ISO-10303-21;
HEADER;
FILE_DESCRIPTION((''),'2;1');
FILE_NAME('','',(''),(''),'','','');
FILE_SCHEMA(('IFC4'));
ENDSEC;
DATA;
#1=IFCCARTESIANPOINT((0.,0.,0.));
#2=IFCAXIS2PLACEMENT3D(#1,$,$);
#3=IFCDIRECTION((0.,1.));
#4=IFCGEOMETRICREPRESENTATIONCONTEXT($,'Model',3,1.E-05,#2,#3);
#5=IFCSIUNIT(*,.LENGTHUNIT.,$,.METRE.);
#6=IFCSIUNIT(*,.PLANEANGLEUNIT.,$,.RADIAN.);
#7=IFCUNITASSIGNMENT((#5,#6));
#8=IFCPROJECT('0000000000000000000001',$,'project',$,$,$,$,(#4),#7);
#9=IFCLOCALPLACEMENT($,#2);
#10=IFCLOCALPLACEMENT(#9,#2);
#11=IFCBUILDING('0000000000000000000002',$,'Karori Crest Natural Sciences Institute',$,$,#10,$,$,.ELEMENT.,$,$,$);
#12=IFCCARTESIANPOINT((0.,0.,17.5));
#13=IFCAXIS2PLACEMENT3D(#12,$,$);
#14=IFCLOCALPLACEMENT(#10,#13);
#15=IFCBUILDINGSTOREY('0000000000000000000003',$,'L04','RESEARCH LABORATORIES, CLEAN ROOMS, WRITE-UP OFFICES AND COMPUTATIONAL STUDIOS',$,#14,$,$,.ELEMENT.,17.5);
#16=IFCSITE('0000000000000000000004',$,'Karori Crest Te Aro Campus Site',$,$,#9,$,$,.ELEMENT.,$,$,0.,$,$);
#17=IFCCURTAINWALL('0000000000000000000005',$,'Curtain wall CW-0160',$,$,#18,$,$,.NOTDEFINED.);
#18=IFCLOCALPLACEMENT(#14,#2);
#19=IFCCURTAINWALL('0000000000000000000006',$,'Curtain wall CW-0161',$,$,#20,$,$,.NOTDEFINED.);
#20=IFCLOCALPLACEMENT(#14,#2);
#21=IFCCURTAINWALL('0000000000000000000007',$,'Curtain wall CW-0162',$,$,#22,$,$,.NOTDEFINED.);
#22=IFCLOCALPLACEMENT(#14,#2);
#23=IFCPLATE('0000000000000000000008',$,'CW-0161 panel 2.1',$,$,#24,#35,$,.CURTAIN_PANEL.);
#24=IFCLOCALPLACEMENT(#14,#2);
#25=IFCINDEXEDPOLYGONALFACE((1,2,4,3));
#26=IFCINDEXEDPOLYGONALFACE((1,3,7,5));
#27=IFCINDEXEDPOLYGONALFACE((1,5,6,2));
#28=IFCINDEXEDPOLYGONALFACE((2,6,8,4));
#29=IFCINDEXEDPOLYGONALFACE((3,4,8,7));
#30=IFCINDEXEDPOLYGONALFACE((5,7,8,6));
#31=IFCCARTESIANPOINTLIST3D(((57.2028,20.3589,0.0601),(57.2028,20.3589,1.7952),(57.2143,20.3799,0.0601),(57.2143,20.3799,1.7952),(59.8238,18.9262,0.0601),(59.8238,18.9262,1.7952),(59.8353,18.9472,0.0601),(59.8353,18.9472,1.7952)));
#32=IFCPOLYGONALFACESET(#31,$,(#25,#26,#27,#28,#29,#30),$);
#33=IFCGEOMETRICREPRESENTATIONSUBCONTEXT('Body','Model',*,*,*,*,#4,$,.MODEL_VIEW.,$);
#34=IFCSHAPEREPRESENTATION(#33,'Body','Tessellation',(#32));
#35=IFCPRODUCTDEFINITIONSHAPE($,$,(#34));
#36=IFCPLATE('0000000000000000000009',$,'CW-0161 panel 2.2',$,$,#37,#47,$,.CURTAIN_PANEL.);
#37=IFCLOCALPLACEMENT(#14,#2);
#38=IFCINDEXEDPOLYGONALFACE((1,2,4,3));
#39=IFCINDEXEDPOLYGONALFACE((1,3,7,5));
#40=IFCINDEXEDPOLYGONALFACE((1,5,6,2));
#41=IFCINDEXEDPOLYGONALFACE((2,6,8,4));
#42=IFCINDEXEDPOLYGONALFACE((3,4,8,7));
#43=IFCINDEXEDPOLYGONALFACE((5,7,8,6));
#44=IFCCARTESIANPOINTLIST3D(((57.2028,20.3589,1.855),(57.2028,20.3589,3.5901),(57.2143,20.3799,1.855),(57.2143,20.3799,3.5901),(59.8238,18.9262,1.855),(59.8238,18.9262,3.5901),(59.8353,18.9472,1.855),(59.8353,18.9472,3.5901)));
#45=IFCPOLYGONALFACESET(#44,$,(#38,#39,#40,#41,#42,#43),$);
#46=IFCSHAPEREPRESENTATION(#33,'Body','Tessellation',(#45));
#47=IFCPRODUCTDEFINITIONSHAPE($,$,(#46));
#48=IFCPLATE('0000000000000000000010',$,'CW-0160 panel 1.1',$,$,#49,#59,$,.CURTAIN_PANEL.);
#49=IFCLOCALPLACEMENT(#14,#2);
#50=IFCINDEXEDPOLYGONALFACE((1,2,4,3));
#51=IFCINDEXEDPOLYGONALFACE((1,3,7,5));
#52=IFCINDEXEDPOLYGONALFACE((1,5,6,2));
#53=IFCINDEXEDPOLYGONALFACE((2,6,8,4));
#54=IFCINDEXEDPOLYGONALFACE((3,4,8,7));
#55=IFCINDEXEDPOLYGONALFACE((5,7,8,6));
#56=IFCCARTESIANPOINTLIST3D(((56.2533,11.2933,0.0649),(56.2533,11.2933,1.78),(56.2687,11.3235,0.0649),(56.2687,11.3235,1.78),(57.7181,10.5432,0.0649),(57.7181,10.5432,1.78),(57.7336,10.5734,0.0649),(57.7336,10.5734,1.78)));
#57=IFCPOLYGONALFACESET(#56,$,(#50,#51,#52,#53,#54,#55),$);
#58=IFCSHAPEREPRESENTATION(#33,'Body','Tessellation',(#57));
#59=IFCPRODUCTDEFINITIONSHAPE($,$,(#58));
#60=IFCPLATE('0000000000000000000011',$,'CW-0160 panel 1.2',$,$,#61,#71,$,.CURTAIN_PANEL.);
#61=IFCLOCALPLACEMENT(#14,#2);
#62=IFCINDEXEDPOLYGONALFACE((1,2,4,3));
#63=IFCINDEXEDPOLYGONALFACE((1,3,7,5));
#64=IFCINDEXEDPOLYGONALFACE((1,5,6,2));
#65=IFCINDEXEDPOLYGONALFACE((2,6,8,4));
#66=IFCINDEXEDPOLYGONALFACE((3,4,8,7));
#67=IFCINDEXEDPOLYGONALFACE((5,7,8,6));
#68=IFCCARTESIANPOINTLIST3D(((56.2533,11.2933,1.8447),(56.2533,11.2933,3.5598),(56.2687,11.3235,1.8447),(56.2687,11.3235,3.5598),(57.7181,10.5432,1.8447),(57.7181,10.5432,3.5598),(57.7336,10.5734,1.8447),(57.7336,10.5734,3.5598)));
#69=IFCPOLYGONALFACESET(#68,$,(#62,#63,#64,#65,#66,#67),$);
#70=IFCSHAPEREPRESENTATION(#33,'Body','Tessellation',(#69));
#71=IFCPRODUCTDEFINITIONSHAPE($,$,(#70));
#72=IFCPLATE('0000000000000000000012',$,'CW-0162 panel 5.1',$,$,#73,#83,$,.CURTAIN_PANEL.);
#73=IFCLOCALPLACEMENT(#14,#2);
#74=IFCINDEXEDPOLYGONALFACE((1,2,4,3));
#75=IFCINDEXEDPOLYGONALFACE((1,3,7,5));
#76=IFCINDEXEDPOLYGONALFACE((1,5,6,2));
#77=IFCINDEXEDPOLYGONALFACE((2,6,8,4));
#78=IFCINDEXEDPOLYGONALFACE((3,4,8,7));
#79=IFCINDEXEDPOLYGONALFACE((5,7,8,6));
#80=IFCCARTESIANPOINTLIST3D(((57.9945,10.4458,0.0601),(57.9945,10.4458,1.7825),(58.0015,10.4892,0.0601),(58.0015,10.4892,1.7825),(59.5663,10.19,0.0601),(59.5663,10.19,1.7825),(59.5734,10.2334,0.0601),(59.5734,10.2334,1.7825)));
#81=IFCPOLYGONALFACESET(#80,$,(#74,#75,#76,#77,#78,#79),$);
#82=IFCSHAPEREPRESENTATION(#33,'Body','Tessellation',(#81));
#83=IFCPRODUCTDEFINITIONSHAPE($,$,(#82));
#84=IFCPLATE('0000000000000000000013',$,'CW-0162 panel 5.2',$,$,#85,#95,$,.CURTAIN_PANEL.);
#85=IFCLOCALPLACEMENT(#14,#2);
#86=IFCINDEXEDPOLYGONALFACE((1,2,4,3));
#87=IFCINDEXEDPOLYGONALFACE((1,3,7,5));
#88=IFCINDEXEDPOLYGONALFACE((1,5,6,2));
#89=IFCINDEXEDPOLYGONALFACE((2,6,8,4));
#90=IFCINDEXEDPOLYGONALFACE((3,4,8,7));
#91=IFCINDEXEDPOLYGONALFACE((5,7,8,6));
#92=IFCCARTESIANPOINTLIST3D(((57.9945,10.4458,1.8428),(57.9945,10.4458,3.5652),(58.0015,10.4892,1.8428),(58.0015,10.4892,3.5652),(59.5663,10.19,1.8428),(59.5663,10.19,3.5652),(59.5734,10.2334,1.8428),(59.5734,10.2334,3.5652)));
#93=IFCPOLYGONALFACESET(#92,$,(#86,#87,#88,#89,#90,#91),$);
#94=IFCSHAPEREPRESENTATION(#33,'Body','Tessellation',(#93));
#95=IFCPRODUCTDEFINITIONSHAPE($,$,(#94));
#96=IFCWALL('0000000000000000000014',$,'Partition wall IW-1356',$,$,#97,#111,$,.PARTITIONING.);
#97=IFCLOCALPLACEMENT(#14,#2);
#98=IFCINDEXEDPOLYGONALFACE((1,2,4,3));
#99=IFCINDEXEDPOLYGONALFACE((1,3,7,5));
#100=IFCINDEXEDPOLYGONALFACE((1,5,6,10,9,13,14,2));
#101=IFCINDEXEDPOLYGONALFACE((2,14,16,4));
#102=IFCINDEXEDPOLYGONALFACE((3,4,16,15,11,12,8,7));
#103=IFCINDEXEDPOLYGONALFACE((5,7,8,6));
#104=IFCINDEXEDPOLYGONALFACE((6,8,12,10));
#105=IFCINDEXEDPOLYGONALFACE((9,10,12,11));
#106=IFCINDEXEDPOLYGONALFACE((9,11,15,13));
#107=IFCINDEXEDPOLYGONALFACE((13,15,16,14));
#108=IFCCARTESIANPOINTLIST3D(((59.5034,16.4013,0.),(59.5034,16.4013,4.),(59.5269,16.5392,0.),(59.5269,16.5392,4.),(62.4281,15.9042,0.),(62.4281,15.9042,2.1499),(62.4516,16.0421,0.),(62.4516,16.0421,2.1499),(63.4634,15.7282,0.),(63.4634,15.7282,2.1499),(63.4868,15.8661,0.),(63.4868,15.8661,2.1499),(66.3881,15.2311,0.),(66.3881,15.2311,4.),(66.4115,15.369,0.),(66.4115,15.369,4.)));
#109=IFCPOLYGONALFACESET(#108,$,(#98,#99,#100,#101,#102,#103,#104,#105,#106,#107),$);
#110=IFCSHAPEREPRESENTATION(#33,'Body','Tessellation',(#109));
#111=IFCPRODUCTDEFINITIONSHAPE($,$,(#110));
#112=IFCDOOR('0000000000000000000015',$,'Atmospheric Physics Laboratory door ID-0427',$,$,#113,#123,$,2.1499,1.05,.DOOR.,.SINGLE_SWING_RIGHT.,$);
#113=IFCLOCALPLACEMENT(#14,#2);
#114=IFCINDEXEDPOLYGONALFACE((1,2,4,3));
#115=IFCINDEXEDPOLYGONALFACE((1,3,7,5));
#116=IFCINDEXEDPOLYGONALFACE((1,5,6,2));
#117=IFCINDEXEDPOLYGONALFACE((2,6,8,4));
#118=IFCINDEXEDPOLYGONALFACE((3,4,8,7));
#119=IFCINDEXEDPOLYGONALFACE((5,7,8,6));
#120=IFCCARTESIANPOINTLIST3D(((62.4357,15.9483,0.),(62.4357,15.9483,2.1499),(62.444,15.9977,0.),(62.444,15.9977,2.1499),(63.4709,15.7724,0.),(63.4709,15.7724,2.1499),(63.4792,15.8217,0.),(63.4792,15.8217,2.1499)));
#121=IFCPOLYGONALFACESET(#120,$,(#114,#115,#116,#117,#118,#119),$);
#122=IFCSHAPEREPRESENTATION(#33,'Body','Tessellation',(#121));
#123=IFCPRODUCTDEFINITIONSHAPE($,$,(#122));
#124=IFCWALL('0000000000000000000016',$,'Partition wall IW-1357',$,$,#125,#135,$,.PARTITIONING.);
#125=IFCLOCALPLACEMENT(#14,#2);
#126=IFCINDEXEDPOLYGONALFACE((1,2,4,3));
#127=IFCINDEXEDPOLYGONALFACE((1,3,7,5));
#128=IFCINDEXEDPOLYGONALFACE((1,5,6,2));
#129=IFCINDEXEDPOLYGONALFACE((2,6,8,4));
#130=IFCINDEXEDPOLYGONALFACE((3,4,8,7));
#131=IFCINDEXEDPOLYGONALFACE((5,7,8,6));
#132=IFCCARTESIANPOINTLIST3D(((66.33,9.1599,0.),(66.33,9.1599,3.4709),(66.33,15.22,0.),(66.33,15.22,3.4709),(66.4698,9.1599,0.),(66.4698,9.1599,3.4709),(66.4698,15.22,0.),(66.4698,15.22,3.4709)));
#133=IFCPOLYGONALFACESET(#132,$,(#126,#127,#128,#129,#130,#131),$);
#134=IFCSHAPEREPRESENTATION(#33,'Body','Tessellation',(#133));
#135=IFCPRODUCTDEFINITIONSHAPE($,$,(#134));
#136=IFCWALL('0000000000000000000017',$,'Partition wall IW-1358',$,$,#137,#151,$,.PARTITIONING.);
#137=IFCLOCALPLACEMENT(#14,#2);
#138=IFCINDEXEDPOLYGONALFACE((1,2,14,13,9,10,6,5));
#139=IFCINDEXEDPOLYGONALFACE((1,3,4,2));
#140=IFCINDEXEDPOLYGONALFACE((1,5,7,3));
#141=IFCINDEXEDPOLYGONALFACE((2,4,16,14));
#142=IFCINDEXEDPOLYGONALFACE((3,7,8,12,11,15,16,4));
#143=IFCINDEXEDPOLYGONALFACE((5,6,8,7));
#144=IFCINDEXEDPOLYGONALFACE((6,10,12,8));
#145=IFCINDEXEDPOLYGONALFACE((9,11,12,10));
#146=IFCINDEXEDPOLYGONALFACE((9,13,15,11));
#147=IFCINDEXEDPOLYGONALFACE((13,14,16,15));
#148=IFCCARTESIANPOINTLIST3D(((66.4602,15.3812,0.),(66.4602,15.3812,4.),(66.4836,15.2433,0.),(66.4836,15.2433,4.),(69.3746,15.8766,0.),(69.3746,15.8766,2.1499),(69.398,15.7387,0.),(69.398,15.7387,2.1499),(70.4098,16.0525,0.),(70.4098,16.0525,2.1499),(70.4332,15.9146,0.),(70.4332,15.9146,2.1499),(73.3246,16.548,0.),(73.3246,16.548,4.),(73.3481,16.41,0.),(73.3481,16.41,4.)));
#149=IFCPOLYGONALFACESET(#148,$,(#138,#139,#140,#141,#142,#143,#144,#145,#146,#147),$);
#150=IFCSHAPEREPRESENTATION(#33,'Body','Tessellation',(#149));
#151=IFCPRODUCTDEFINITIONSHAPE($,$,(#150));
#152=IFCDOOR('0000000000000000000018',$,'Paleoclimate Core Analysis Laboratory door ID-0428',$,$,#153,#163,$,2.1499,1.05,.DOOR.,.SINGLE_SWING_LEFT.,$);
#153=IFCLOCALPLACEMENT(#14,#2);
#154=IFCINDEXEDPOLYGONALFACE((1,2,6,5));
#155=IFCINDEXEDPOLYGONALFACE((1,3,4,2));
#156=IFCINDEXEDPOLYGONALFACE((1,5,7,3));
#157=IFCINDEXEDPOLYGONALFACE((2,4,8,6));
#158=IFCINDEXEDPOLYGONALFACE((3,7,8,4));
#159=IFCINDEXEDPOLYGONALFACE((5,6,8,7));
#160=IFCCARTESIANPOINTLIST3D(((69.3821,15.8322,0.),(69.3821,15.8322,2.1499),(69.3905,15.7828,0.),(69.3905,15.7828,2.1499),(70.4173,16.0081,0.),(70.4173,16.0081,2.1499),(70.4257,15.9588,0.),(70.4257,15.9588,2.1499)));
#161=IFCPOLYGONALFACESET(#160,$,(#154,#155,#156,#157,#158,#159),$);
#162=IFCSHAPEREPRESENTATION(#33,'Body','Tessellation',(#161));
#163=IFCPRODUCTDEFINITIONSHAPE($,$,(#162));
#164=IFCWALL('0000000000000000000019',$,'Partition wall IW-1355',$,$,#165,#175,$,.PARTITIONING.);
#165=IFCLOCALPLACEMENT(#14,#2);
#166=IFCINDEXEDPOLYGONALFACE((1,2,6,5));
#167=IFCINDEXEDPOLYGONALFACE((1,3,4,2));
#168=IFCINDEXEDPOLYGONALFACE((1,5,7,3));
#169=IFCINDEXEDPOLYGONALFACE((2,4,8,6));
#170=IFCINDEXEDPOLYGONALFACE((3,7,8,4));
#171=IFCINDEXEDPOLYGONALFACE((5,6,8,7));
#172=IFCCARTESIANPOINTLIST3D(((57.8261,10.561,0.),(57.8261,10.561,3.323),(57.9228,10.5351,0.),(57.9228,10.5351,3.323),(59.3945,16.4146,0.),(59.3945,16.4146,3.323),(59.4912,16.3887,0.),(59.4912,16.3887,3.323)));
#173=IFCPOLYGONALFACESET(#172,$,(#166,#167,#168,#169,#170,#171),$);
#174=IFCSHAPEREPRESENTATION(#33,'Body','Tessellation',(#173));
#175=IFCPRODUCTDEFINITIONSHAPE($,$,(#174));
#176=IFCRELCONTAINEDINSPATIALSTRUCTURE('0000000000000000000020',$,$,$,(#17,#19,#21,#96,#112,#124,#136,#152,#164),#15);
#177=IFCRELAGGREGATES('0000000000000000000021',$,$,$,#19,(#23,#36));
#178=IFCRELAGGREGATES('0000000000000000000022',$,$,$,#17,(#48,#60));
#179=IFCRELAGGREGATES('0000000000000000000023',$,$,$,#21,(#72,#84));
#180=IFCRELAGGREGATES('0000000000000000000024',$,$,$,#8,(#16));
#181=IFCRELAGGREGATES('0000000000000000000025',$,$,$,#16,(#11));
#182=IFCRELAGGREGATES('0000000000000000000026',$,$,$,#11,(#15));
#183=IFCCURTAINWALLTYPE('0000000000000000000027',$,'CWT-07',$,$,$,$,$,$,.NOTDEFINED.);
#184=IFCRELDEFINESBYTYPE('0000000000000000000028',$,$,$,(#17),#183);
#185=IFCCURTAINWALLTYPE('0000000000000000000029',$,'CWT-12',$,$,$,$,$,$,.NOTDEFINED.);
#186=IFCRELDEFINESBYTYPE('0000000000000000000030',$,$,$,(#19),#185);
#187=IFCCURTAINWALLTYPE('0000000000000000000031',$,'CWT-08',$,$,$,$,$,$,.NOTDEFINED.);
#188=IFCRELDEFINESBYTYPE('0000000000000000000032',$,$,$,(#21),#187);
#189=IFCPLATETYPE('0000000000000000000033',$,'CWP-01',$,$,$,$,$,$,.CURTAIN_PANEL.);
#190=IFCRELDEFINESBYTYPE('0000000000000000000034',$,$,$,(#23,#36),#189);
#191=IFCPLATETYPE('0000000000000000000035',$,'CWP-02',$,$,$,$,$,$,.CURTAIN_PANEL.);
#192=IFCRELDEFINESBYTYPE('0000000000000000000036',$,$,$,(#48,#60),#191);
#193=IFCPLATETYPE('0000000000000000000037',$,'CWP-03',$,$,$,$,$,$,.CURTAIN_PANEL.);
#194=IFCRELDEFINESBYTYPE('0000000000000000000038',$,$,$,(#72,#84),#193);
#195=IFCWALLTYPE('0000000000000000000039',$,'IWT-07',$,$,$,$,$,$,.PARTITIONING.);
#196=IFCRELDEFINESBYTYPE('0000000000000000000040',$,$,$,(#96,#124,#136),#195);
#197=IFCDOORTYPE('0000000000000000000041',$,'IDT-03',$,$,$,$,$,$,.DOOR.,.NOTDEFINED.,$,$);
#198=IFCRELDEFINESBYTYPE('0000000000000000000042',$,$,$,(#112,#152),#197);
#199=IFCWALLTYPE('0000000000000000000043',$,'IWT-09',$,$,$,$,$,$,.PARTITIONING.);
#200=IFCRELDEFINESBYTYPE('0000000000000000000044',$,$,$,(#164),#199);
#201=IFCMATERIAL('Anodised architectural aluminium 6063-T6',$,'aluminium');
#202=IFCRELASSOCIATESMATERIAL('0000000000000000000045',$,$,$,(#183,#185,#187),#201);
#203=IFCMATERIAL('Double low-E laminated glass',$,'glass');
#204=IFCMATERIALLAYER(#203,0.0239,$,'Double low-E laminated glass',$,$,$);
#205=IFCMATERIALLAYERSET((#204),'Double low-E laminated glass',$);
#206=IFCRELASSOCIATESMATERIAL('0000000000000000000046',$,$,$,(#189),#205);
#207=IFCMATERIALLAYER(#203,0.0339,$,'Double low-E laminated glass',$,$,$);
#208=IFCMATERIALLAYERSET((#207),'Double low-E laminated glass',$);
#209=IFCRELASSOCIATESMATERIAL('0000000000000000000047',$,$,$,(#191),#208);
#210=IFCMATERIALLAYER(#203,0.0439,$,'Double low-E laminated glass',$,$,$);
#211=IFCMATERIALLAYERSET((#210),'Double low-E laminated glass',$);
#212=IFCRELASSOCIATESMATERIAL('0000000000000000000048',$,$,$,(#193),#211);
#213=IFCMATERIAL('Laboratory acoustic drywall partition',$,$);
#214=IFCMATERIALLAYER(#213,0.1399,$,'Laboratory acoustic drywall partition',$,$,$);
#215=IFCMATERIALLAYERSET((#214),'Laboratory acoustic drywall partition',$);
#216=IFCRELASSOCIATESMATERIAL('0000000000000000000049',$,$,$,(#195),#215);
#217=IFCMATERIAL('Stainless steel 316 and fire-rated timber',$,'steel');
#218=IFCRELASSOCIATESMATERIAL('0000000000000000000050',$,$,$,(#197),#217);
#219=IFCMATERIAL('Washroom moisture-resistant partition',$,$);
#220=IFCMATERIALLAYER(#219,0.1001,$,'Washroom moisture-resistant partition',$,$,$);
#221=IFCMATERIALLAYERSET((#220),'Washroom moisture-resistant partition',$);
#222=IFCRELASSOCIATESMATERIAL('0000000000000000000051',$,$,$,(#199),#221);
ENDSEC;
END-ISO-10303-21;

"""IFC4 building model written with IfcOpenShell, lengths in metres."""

from ifc_helpers import new_model, si_unit, direction, frame, frame_2d, origin, origin_2d, place, context, subcontext, project, spatial, rectangle, extrude, material, layer, layer_set, type_object, element, fill, aggregate, save


model = new_model("IFC4")

# Units and contexts
model_context = context("Model", 3, precision=1e-05, world=origin(), true_north=direction((0.0, 1.0)))
body_context = subcontext(model_context, "Body", "Model", "MODEL_VIEW")
ifc_project = project(units=[si_unit("LENGTHUNIT", "METRE"), si_unit("PLANEANGLEUNIT", "RADIAN")], contexts=[model_context])

# Site, building, storey
site_placement = place(None, origin())
site = spatial("IfcSite", under=ifc_project, at=site_placement, Name="Karori Crest Te Aro Campus Site", CompositionType="ELEMENT", RefElevation=0.0)
building_placement = place(site_placement, origin())
building = spatial("IfcBuilding", under=site, at=building_placement, Name="Karori Crest Natural Sciences Institute", CompositionType="ELEMENT")
storey_placement = place(building_placement, frame((0.0, 0.0, 17.5)))
storey = spatial("IfcBuildingStorey", under=building, at=storey_placement, Name="L04", Description="RESEARCH LABORATORIES, CLEAN ROOMS, WRITE-UP OFFICES AND COMPUTATIONAL STUDIOS", CompositionType="ELEMENT", Elevation=17.5)

# Curtain wall
ifc_material_1 = material(Name="Anodised architectural aluminium 6063-T6", Category="aluminium")
curtain_wall_type_1 = type_object("IfcCurtainWallType", Name="CWT-07", PredefinedType="NOTDEFINED", material=ifc_material_1)
curtain_wall_1_placement = place(storey_placement, origin())
curtain_wall_1 = element("IfcCurtainWall", 1, at=curtain_wall_1_placement, inside=storey, type_object=curtain_wall_type_1, Name="Curtain wall CW-0160", PredefinedType="NOTDEFINED")

# Curtain wall
curtain_wall_type_2 = type_object("IfcCurtainWallType", Name="CWT-12", PredefinedType="NOTDEFINED", material=ifc_material_1)
curtain_wall_2_placement = place(storey_placement, origin())
curtain_wall_2 = element("IfcCurtainWall", 2, at=curtain_wall_2_placement, inside=storey, type_object=curtain_wall_type_2, Name="Curtain wall CW-0161", PredefinedType="NOTDEFINED")

# Curtain wall
curtain_wall_type_3 = type_object("IfcCurtainWallType", Name="CWT-08", PredefinedType="NOTDEFINED", material=ifc_material_1)
curtain_wall_3_placement = place(storey_placement, origin())
curtain_wall_3 = element("IfcCurtainWall", 3, at=curtain_wall_3_placement, inside=storey, type_object=curtain_wall_type_3, Name="Curtain wall CW-0162", PredefinedType="NOTDEFINED")

# Plates
ifc_material_2 = material(Name="Double low-E laminated glass", Category="glass")
ifc_layer_1 = layer(ifc_material_2, 0.0239, Name="Double low-E laminated glass")
ifc_layer_set_1 = layer_set([ifc_layer_1], Name="Double low-E laminated glass")
plate_type_1 = type_object("IfcPlateType", Name="CWP-01", PredefinedType="CURTAIN_PANEL", material=ifc_layer_set_1)
plate_1_placement = place(storey_placement, frame((58.519, 19.6531, 0.0601), z_axis=(0.0, 0.0, 1.0), x_axis=(0.87747, -0.479631, 0.0)))
plate_1 = element("IfcPlate", 4, at=plate_1_placement, type_object=plate_type_1, Name="CW-0161 panel 2.1", PredefinedType="CURTAIN_PANEL", context=body_context, shape_type="SweptSolid", body=[
    extrude(rectangle(XDim=2.9871, YDim=0.0239, at=origin_2d()), origin(), (0.0, 0.0, 1.0), 1.7351),
])
plate_2_placement = place(storey_placement, frame((58.519, 19.6531, 1.855), z_axis=(0.0, 0.0, 1.0), x_axis=(0.87747, -0.479631, 0.0)))
plate_2 = element("IfcPlate", 5, at=plate_2_placement, type_object=plate_type_1, Name="CW-0161 panel 2.2", PredefinedType="CURTAIN_PANEL", context=body_context, shape_type="SweptSolid", body=[
    extrude(rectangle(XDim=2.9871, YDim=0.0239, at=origin_2d()), origin(), (0.0, 0.0, 1.0), 1.7351),
])
aggregate(curtain_wall_2, [plate_1, plate_2])
ifc_layer_2 = layer(ifc_material_2, 0.0339, Name="Double low-E laminated glass")
ifc_layer_set_2 = layer_set([ifc_layer_2], Name="Double low-E laminated glass")
plate_type_2 = type_object("IfcPlateType", Name="CWP-02", PredefinedType="CURTAIN_PANEL", material=ifc_layer_set_2)
plate_3_placement = place(storey_placement, frame((56.9934, 10.9333, 0.0649), z_axis=(0.0, 0.0, 1.0), x_axis=(-0.890067, 0.455829, 0.0)))
plate_3 = element("IfcPlate", 6, at=plate_3_placement, type_object=plate_type_2, Name="CW-0160 panel 1.1", PredefinedType="CURTAIN_PANEL", context=body_context, shape_type="SweptSolid", body=[
    extrude(rectangle(XDim=1.6458, YDim=0.0339, at=origin_2d()), origin(), (0.0, 0.0, 1.0), 1.7151),
])
plate_4_placement = place(storey_placement, frame((56.9934, 10.9333, 1.8447), z_axis=(0.0, 0.0, 1.0), x_axis=(-0.890067, 0.455829, 0.0)))
plate_4 = element("IfcPlate", 7, at=plate_4_placement, type_object=plate_type_2, Name="CW-0160 panel 1.2", PredefinedType="CURTAIN_PANEL", context=body_context, shape_type="SweptSolid", body=[
    extrude(rectangle(XDim=1.6458, YDim=0.0339, at=origin_2d()), origin(), (0.0, 0.0, 1.0), 1.7151),
])
aggregate(curtain_wall_1, [plate_3, plate_4])
ifc_layer_3 = layer(ifc_material_2, 0.0439, Name="Double low-E laminated glass")
ifc_layer_set_3 = layer_set([ifc_layer_3], Name="Double low-E laminated glass")
plate_type_3 = type_object("IfcPlateType", Name="CWP-03", PredefinedType="CURTAIN_PANEL", material=ifc_layer_set_3)
plate_5_placement = place(storey_placement, frame((58.7839, 10.3396, 0.0601), z_axis=(0.0, 0.0, 1.0), x_axis=(-0.987011, 0.160655, 0.0)))
plate_5 = element("IfcPlate", 8, at=plate_5_placement, type_object=plate_type_3, Name="CW-0162 panel 5.1", PredefinedType="CURTAIN_PANEL", context=body_context, shape_type="SweptSolid", body=[
    extrude(rectangle(XDim=1.5925, YDim=0.0439, at=origin_2d()), origin(), (0.0, 0.0, 1.0), 1.7224),
])
plate_6_placement = place(storey_placement, frame((58.7839, 10.3396, 1.8428), z_axis=(0.0, 0.0, 1.0), x_axis=(-0.987011, 0.160655, 0.0)))
plate_6 = element("IfcPlate", 9, at=plate_6_placement, type_object=plate_type_3, Name="CW-0162 panel 5.2", PredefinedType="CURTAIN_PANEL", context=body_context, shape_type="SweptSolid", body=[
    extrude(rectangle(XDim=1.5925, YDim=0.0439, at=origin_2d()), origin(), (0.0, 0.0, 1.0), 1.7224),
])
aggregate(curtain_wall_3, [plate_5, plate_6])

# Wall, opening, door
ifc_material_3 = material(Name="Laboratory acoustic drywall partition")
ifc_layer_4 = layer(ifc_material_3, 0.1399, Name="Laboratory acoustic drywall partition")
ifc_layer_set_4 = layer_set([ifc_layer_4], Name="Laboratory acoustic drywall partition")
wall_type_1 = type_object("IfcWallType", Name="IWT-07", PredefinedType="PARTITIONING", material=ifc_layer_set_4)
wall_1_placement = place(storey_placement, frame((59.5151, 16.4702, 0.0), z_axis=(0.0, 0.0, 1.0), x_axis=(0.985862, -0.167562, 0.0)))
wall_1 = element("IfcWall", 10, at=wall_1_placement, inside=storey, type_object=wall_type_1, Name="Partition wall IW-1356", PredefinedType="PARTITIONING", context=body_context, shape_type="SweptSolid", body=[
    extrude(rectangle(XDim=6.9834, YDim=0.1399, at=frame_2d((3.4917, 0.0))), origin(), (0.0, 0.0, 1.0), 4.0),
])
opening_1_placement = place(wall_1_placement, frame((2.9668, 0.0, 0.0)))
opening_1 = element("IfcOpeningElement", 11, at=opening_1_placement, cuts=wall_1, PredefinedType="OPENING", context=body_context, shape_type="SweptSolid", body=[
    extrude(rectangle(XDim=1.05, YDim=2.1499, at=frame_2d((0.5249, 1.075))), frame((0.0, 0.0801, 0.0), z_axis=(0.0, -1.0, 0.0), x_axis=(1.0, 0.0, 0.0)), (0.0, 0.0, 1.0), 0.1599),
])
ifc_material_4 = material(Name="Stainless steel 316 and fire-rated timber", Category="steel")
door_type = type_object("IfcDoorType", Name="IDT-03", OperationType="NOTDEFINED", PredefinedType="DOOR", material=ifc_material_4)
door_1_placement = place(opening_1_placement, origin())
door_1 = element("IfcDoor", 12, at=door_1_placement, inside=storey, type_object=door_type, Name="Atmospheric Physics Laboratory door ID-0427", OperationType="SINGLE_SWING_RIGHT", OverallHeight=2.1499, OverallWidth=1.05, PredefinedType="DOOR", context=body_context, shape_type="SweptSolid", body=[
    extrude(rectangle(XDim=1.05, YDim=2.1499, at=frame_2d((0.5249, 1.075))), frame((0.0, 0.0249, 0.0), z_axis=(0.0, -1.0, 0.0), x_axis=(1.0, 0.0, 0.0)), (0.0, 0.0, 1.0), 0.05),
])
fill(opening_1, door_1)

# Wall
wall_2_placement = place(storey_placement, frame((66.3999, 15.22, 0.0), z_axis=(0.0, 0.0, 1.0), x_axis=(0.0, -1.0, 0.0)))
element("IfcWall", 13, at=wall_2_placement, inside=storey, type_object=wall_type_1, Name="Partition wall IW-1357", PredefinedType="PARTITIONING", context=body_context, shape_type="SweptSolid", body=[
    extrude(rectangle(XDim=6.0601, YDim=0.1399, at=frame_2d((3.03, 0.0))), origin(), (0.0, 0.0, 1.0), 3.4709),
])

# Wall, opening, door
wall_3_placement = place(storey_placement, frame((66.4719, 15.3123, 0.0), z_axis=(0.0, 0.0, 1.0), x_axis=(0.985861, 0.167565, 0.0)))
wall_3 = element("IfcWall", 14, at=wall_3_placement, inside=storey, type_object=wall_type_1, Name="Partition wall IW-1358", PredefinedType="PARTITIONING", context=body_context, shape_type="SweptSolid", body=[
    extrude(rectangle(XDim=6.9629, YDim=0.1399, at=frame_2d((3.4814, 0.0))), origin(), (0.0, 0.0, 1.0), 4.0),
])
opening_2_placement = place(wall_3_placement, frame((2.9563, 0.0, 0.0)))
opening_2 = element("IfcOpeningElement", 15, at=opening_2_placement, cuts=wall_3, PredefinedType="OPENING", context=body_context, shape_type="SweptSolid", body=[
    extrude(rectangle(XDim=1.05, YDim=2.1499, at=frame_2d((0.5249, 1.075))), frame((0.0, 0.0801, 0.0), z_axis=(0.0, -1.0, 0.0), x_axis=(1.0, 0.0, 0.0)), (0.0, 0.0, 1.0), 0.1599),
])
door_2_placement = place(opening_2_placement, origin())
door_2 = element("IfcDoor", 16, at=door_2_placement, inside=storey, type_object=door_type, Name="Paleoclimate Core Analysis Laboratory door ID-0428", OperationType="SINGLE_SWING_LEFT", OverallHeight=2.1499, OverallWidth=1.05, PredefinedType="DOOR", context=body_context, shape_type="SweptSolid", body=[
    extrude(rectangle(XDim=1.05, YDim=2.1499, at=frame_2d((0.5249, 1.075))), frame((0.0, 0.0249, 0.0), z_axis=(0.0, -1.0, 0.0), x_axis=(1.0, 0.0, 0.0)), (0.0, 0.0, 1.0), 0.05),
])
fill(opening_2, door_2)

# Wall
ifc_material_5 = material(Name="Washroom moisture-resistant partition")
ifc_layer_5 = layer(ifc_material_5, 0.1001, Name="Washroom moisture-resistant partition")
ifc_layer_set_5 = layer_set([ifc_layer_5], Name="Washroom moisture-resistant partition")
wall_type_2 = type_object("IfcWallType", Name="IWT-09", PredefinedType="PARTITIONING", material=ifc_layer_set_5)
wall_4_placement = place(storey_placement, frame((59.4429, 16.4016, 0.0), z_axis=(0.0, 0.0, 1.0), x_axis=(-0.258806, -0.965929, 0.0)))
element("IfcWall", 17, at=wall_4_placement, inside=storey, type_object=wall_type_2, Name="Partition wall IW-1355", PredefinedType="PARTITIONING", context=body_context, shape_type="SweptSolid", body=[
    extrude(rectangle(XDim=6.0601, YDim=0.1001, at=frame_2d((3.03, 0.0))), origin(), (0.0, 0.0, 1.0), 3.323),
])

save(model, "model.ifc")
